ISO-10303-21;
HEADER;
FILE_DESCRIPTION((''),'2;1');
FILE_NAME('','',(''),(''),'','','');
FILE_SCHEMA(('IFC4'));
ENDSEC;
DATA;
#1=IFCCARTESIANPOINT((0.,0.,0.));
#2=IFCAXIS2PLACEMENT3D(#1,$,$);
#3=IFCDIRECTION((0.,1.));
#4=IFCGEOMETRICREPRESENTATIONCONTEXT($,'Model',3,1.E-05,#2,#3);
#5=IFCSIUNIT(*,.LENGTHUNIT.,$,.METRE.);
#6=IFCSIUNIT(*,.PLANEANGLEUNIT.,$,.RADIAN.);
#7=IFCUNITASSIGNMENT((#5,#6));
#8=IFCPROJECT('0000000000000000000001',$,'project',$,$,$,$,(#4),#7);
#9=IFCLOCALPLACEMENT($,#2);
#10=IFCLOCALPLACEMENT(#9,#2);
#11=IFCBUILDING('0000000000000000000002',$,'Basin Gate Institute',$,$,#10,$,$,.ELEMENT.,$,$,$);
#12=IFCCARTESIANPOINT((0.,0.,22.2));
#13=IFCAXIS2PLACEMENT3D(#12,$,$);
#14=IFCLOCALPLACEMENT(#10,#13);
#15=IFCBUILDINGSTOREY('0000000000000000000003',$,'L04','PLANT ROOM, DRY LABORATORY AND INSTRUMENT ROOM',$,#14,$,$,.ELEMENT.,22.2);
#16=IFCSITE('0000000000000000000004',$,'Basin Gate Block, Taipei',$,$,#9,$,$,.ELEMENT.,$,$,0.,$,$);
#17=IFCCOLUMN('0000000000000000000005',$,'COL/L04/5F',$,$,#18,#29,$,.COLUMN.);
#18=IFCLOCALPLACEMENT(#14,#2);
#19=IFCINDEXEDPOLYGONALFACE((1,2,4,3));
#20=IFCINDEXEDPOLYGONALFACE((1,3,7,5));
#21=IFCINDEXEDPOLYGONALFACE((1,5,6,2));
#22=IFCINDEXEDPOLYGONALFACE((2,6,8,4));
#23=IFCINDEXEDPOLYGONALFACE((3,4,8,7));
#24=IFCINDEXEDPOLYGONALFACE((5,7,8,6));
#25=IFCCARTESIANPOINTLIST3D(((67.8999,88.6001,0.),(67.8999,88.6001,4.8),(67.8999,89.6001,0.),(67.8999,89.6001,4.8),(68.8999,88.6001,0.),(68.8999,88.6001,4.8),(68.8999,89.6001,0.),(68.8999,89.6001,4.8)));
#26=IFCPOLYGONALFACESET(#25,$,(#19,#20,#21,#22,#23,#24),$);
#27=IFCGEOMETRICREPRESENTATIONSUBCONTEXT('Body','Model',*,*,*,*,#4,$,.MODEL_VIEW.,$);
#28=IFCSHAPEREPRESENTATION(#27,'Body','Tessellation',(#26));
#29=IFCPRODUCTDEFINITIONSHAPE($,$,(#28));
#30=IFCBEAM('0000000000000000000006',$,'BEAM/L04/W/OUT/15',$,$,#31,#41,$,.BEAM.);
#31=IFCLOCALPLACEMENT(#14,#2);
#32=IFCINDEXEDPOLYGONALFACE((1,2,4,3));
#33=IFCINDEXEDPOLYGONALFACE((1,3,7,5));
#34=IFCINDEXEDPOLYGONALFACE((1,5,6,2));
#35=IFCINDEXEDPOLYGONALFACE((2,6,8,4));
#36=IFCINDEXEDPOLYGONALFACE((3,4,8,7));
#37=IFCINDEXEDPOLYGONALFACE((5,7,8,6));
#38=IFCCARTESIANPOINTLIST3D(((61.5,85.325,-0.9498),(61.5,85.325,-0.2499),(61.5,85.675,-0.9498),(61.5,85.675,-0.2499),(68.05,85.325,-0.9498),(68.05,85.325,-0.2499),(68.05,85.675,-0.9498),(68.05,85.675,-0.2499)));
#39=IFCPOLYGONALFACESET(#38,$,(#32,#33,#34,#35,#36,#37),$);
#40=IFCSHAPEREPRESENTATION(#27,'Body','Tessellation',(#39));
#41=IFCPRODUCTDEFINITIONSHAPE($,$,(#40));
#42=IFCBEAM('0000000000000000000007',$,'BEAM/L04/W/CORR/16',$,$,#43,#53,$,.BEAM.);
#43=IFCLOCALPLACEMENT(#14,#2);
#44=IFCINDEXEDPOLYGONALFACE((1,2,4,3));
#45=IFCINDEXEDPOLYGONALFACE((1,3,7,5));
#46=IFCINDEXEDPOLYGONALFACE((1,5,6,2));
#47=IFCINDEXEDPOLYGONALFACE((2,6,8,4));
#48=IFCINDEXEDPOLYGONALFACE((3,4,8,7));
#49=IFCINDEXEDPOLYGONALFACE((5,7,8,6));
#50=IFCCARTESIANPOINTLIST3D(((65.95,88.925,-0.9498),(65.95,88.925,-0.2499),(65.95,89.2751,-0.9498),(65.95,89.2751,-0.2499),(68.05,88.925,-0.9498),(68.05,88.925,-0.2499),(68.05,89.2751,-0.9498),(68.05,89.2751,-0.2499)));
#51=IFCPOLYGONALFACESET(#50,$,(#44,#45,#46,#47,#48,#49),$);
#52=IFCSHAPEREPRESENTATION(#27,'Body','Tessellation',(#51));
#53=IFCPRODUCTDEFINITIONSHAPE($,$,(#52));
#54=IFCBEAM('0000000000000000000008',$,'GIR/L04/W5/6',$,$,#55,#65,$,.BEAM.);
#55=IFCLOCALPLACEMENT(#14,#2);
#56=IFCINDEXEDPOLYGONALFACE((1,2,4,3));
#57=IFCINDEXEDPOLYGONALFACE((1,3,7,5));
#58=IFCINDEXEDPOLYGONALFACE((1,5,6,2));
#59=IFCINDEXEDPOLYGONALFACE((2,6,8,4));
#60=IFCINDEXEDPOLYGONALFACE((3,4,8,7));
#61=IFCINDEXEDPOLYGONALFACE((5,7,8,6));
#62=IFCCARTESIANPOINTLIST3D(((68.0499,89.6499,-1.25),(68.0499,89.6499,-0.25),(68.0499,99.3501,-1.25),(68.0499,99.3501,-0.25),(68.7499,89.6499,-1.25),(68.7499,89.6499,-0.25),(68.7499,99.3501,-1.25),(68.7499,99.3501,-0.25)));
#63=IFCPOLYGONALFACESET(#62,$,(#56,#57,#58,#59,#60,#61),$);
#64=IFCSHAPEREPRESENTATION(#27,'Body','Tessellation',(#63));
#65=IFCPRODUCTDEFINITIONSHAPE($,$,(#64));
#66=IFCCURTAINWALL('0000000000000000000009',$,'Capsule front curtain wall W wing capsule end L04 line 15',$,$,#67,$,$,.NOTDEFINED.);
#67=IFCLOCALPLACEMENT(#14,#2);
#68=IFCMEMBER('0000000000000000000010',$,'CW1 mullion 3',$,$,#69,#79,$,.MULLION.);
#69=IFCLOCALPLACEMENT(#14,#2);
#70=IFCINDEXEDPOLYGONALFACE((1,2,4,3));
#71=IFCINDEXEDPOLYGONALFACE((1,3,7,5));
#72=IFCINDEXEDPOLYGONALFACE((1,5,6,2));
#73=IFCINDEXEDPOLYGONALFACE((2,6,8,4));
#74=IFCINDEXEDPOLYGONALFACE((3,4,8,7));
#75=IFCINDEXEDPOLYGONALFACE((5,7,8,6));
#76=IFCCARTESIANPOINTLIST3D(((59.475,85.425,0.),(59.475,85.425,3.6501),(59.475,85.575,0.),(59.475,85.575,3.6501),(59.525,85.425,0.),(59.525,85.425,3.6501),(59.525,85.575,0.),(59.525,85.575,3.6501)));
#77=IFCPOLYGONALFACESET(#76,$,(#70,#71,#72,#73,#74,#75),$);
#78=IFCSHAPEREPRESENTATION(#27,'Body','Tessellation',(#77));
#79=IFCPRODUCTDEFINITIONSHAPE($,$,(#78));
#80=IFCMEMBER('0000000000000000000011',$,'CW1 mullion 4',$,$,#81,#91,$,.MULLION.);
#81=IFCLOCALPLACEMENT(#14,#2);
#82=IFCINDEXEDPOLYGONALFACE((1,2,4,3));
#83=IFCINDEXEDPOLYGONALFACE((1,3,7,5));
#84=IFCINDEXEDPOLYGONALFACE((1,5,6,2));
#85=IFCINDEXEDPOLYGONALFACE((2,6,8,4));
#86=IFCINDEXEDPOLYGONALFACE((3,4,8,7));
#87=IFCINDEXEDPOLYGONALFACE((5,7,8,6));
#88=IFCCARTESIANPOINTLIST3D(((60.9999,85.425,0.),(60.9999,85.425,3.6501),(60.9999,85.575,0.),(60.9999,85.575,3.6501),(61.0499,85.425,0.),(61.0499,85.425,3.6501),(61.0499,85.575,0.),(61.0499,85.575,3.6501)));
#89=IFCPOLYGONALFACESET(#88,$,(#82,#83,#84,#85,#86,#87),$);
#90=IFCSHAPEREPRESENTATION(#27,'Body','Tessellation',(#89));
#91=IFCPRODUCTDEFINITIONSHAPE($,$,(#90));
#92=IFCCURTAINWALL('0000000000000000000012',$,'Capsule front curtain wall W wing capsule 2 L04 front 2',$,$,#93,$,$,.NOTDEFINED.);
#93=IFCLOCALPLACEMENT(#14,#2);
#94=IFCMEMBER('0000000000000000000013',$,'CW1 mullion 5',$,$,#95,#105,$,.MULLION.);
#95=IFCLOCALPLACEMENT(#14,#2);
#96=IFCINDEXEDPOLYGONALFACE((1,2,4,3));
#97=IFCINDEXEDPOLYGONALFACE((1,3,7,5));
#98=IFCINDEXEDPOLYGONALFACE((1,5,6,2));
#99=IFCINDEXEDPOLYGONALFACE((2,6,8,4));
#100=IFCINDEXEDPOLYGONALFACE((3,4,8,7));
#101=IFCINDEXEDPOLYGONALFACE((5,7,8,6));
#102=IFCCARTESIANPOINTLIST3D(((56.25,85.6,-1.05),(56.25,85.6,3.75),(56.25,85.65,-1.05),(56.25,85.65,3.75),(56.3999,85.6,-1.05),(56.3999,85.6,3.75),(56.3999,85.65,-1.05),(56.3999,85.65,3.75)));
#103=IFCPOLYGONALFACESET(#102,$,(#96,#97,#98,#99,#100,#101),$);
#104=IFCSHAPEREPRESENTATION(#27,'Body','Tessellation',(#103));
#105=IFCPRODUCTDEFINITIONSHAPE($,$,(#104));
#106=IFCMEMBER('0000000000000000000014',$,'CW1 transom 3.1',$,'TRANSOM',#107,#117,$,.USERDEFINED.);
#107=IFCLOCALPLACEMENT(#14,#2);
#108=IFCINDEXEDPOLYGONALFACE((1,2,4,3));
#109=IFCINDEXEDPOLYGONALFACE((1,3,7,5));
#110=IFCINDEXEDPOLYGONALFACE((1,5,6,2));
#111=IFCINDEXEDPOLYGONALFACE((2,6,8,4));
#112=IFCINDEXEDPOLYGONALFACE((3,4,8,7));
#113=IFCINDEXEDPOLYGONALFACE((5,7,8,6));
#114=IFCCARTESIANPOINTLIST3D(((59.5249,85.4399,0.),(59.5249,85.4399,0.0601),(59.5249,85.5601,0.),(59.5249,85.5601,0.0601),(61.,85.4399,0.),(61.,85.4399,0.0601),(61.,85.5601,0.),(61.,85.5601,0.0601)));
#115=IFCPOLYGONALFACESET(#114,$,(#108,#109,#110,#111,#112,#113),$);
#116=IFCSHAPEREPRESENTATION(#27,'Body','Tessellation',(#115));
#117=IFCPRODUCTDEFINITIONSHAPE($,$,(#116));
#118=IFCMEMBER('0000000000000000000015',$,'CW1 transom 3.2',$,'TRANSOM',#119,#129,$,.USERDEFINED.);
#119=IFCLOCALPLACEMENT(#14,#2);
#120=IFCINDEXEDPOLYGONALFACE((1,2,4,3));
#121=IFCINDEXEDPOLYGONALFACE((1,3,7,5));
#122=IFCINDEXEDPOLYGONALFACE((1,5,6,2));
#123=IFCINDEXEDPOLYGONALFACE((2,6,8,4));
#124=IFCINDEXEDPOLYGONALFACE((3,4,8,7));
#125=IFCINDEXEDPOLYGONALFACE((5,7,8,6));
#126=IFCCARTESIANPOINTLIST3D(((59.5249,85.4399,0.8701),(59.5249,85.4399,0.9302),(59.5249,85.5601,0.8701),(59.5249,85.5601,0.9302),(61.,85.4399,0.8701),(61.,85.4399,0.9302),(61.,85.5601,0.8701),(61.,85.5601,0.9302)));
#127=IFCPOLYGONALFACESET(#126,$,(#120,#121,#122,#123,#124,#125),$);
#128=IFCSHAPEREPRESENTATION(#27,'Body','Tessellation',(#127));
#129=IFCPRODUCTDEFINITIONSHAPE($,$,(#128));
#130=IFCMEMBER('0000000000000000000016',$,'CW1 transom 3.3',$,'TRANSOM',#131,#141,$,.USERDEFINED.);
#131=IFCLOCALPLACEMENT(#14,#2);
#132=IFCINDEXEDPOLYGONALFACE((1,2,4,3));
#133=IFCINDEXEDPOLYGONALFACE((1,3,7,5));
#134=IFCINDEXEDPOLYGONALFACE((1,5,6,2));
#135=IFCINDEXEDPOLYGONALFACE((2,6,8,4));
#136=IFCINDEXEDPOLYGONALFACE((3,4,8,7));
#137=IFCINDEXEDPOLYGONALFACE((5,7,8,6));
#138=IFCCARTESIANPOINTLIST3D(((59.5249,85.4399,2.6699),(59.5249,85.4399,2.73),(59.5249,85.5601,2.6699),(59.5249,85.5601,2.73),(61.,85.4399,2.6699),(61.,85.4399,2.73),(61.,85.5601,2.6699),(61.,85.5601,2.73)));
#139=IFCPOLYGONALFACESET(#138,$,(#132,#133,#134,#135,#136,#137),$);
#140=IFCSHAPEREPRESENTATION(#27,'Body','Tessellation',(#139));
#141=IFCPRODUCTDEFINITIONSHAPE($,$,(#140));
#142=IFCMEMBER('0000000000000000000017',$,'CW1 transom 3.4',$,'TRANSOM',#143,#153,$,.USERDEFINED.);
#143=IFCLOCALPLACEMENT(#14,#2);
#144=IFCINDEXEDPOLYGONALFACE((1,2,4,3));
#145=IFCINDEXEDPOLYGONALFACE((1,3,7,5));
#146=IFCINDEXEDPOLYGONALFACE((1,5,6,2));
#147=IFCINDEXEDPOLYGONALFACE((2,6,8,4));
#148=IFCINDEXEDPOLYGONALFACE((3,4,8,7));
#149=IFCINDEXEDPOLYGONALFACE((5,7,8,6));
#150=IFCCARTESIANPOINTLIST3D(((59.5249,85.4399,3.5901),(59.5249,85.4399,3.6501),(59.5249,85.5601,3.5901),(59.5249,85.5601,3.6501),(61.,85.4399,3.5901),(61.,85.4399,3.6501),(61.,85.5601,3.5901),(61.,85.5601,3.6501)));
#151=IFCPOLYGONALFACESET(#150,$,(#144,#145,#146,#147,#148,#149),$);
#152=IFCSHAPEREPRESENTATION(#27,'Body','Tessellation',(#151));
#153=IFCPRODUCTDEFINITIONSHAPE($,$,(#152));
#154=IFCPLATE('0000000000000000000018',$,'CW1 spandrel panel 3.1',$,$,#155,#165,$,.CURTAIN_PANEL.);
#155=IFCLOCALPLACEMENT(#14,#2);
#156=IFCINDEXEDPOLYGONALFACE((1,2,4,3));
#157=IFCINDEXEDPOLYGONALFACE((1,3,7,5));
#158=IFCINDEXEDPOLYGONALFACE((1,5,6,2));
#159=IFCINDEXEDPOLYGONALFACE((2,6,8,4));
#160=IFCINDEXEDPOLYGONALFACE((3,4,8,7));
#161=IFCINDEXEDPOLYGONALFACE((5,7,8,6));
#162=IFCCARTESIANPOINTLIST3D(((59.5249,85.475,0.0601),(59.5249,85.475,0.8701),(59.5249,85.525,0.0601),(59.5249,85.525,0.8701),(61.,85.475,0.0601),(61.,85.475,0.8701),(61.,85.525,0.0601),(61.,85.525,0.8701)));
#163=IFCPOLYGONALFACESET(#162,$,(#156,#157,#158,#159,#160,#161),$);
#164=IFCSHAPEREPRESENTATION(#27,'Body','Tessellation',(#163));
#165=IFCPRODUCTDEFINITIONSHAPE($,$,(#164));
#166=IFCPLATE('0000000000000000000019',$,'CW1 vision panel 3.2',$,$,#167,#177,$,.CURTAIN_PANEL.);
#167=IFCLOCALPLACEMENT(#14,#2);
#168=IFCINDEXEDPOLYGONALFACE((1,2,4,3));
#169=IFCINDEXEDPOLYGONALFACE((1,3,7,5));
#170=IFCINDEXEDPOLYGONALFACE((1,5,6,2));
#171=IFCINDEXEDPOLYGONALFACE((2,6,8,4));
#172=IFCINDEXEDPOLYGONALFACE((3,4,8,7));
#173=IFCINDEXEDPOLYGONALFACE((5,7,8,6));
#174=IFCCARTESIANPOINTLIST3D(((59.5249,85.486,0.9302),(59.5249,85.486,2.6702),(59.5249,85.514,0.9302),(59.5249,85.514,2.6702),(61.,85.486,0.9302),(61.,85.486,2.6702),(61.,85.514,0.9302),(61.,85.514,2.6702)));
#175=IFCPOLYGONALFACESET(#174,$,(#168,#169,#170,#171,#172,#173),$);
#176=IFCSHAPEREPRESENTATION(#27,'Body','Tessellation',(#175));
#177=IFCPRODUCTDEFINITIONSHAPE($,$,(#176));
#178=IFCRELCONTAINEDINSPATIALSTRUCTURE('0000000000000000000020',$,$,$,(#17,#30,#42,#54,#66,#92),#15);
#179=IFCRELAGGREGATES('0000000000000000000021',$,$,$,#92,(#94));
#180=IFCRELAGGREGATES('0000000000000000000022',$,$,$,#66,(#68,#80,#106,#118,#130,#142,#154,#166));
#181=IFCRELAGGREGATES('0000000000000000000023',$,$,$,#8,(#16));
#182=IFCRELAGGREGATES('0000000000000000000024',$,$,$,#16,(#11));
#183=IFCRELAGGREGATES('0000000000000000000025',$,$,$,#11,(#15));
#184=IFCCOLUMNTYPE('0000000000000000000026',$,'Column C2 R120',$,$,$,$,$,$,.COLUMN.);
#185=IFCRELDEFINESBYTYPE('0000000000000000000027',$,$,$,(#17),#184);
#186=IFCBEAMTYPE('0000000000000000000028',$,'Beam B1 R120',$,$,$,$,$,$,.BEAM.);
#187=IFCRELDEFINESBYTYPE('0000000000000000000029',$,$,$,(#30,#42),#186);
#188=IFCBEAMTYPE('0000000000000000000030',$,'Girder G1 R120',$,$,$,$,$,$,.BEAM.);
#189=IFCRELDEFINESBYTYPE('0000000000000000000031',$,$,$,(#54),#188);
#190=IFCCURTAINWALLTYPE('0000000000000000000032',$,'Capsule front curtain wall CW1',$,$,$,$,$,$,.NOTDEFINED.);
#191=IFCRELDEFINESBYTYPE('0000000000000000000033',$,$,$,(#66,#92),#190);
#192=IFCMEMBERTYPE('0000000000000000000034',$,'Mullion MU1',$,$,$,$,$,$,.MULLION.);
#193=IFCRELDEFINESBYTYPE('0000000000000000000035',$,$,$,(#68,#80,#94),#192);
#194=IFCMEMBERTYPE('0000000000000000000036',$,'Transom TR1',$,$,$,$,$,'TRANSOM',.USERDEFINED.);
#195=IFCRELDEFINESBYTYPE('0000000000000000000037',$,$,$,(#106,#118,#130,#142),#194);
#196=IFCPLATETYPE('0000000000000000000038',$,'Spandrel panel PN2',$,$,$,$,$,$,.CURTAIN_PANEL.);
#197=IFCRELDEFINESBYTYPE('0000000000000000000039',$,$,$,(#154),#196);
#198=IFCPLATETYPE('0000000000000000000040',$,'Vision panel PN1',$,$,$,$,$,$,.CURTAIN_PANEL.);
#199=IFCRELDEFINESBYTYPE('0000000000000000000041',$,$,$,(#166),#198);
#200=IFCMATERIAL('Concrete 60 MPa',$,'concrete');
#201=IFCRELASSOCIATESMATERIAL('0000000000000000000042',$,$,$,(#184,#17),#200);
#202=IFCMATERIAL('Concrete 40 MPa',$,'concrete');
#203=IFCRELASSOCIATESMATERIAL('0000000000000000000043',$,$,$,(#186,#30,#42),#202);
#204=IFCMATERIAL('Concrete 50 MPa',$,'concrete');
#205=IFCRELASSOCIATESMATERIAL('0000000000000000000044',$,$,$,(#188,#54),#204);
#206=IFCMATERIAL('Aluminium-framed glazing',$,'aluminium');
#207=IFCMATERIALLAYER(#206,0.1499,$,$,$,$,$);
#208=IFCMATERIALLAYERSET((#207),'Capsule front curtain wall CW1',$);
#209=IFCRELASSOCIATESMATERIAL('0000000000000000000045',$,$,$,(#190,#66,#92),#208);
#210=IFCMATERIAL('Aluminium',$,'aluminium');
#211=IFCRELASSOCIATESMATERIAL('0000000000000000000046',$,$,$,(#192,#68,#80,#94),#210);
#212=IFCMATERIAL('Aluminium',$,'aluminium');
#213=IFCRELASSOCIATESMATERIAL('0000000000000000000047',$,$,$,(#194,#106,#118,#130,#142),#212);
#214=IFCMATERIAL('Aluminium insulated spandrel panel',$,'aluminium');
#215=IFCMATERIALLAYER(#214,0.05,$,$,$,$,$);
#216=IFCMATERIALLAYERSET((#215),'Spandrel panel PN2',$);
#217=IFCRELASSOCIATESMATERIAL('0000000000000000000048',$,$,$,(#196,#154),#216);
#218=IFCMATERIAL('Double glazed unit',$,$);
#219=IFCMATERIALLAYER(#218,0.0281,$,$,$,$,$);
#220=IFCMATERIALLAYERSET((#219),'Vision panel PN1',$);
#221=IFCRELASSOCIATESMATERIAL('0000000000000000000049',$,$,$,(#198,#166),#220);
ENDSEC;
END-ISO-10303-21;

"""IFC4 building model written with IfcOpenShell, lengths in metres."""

from ifc_helpers import new_model, si_unit, direction, frame, origin, origin_2d, place, context, subcontext, project, spatial, rectangle, extrude, material, layer, layer_set, material_profile, profile_set, type_object, element, aggregate, save


model = new_model("IFC4")

# Units and contexts
model_context = context("Model", 3, precision=1e-05, world=origin(), true_north=direction((0.0, 1.0)))
body_context = subcontext(model_context, "Body", "Model", "MODEL_VIEW")
ifc_project = project(units=[si_unit("LENGTHUNIT", "METRE"), si_unit("PLANEANGLEUNIT", "RADIAN")], contexts=[model_context])

# Site, building, storey
site_placement = place(None, origin())
site = spatial("IfcSite", under=ifc_project, at=site_placement, Name="Basin Gate Block, Taipei", CompositionType="ELEMENT", RefElevation=0.0)
building_placement = place(site_placement, origin())
building = spatial("IfcBuilding", under=site, at=building_placement, Name="Basin Gate Institute", CompositionType="ELEMENT")
storey_placement = place(building_placement, frame((0.0, 0.0, 22.2)))
storey = spatial("IfcBuildingStorey", under=building, at=storey_placement, Name="L04", Description="PLANT ROOM, DRY LABORATORY AND INSTRUMENT ROOM", CompositionType="ELEMENT", Elevation=22.2)

# Column
ifc_material_1 = material(Name="Concrete 60 MPa", Category="concrete")
ifc_material_profile_1 = material_profile(ifc_material_1, rectangle(XDim=1.0, YDim=1.0, at=origin_2d()), Name="Column C2 1000 x 1000")
ifc_profile_set_1 = profile_set([ifc_material_profile_1], Name="Concrete 60 MPa")
column_type = type_object("IfcColumnType", Name="Column C2 R120", PredefinedType="COLUMN", material=ifc_profile_set_1)
column_placement = place(storey_placement, frame((68.3999, 89.1001, 0.0), z_axis=(0.0, 0.0, 1.0), x_axis=(1.0, 0.0, 0.0)))
element("IfcColumn", 1, at=column_placement, inside=storey, type_object=column_type, material=ifc_profile_set_1, Name="COL/L04/5F", PredefinedType="COLUMN", context=body_context, shape_type="SweptSolid", body=[
    extrude(rectangle(XDim=1.0, YDim=1.0, at=origin_2d()), origin(), (0.0, 0.0, 1.0), 4.8),
])

# Beams
ifc_material_2 = material(Name="Concrete 40 MPa", Category="concrete")
ifc_material_profile_2 = material_profile(ifc_material_2, rectangle(XDim=0.3501, YDim=0.7, at=origin_2d()), Name="Beam B1 350 x 700")
ifc_profile_set_2 = profile_set([ifc_material_profile_2], Name="Concrete 40 MPa")
beam_type_1 = type_object("IfcBeamType", Name="Beam B1 R120", PredefinedType="BEAM", material=ifc_profile_set_2)
beam_1_placement = place(storey_placement, frame((61.5, 85.5, -0.5999), z_axis=(1.0, 0.0, 0.0), x_axis=(0.0, 1.0, 0.0)))
element("IfcBeam", 2, at=beam_1_placement, inside=storey, type_object=beam_type_1, material=ifc_profile_set_2, Name="BEAM/L04/W/OUT/15", PredefinedType="BEAM", context=body_context, shape_type="SweptSolid", body=[
    extrude(rectangle(XDim=0.3501, YDim=0.7, at=origin_2d()), origin(), (0.0, 0.0, 1.0), 6.55),
])
beam_2_placement = place(storey_placement, frame((65.95, 89.1001, -0.5999), z_axis=(1.0, 0.0, 0.0), x_axis=(0.0, 1.0, 0.0)))
element("IfcBeam", 3, at=beam_2_placement, inside=storey, type_object=beam_type_1, material=ifc_profile_set_2, Name="BEAM/L04/W/CORR/16", PredefinedType="BEAM", context=body_context, shape_type="SweptSolid", body=[
    extrude(rectangle(XDim=0.3501, YDim=0.7, at=origin_2d()), origin(), (0.0, 0.0, 1.0), 2.1001),
])
ifc_material_3 = material(Name="Concrete 50 MPa", Category="concrete")
ifc_material_profile_3 = material_profile(ifc_material_3, rectangle(XDim=0.7, YDim=1.0, at=origin_2d()), Name="Girder G1 700 x 1000")
ifc_profile_set_3 = profile_set([ifc_material_profile_3], Name="Concrete 50 MPa")
beam_type_2 = type_object("IfcBeamType", Name="Girder G1 R120", PredefinedType="BEAM", material=ifc_profile_set_3)
beam_3_placement = place(storey_placement, frame((68.3999, 89.6499, -0.75), z_axis=(0.0, 1.0, 0.0), x_axis=(-1.0, 0.0, 0.0)))
element("IfcBeam", 4, at=beam_3_placement, inside=storey, type_object=beam_type_2, material=ifc_profile_set_3, Name="GIR/L04/W5/6", PredefinedType="BEAM", context=body_context, shape_type="SweptSolid", body=[
    extrude(rectangle(XDim=0.7, YDim=1.0, at=origin_2d()), origin(), (0.0, 0.0, 1.0), 9.7002),
])

# Curtain wall, members
ifc_material_4 = material(Name="Aluminium-framed glazing", Category="aluminium")
ifc_layer_1 = layer(ifc_material_4, 0.1499)
ifc_layer_set_1 = layer_set([ifc_layer_1], Name="Capsule front curtain wall CW1")
curtain_wall_type = type_object("IfcCurtainWallType", Name="Capsule front curtain wall CW1", PredefinedType="NOTDEFINED", material=ifc_layer_set_1)
curtain_wall_1_placement = place(storey_placement, origin())
curtain_wall_1 = element("IfcCurtainWall", 5, at=curtain_wall_1_placement, inside=storey, type_object=curtain_wall_type, material=ifc_layer_set_1, Name="Capsule front curtain wall W wing capsule end L04 line 15", PredefinedType="NOTDEFINED")
ifc_material_5 = material(Name="Aluminium", Category="aluminium")
ifc_material_profile_4 = material_profile(ifc_material_5, rectangle(XDim=0.1499, YDim=0.05, at=origin_2d()), Name="Mullion MU1 150 x 50")
ifc_profile_set_4 = profile_set([ifc_material_profile_4], Name="Aluminium")
member_type_1 = type_object("IfcMemberType", Name="Mullion MU1", PredefinedType="MULLION", material=ifc_profile_set_4)
member_1_placement = place(storey_placement, frame((59.5, 85.5, 0.0), z_axis=(0.0, 0.0, 1.0), x_axis=(0.0, 1.0, 0.0)))
member_1 = element("IfcMember", 6, at=member_1_placement, type_object=member_type_1, material=ifc_profile_set_4, Name="CW1 mullion 3", PredefinedType="MULLION", context=body_context, shape_type="SweptSolid", body=[
    extrude(rectangle(XDim=0.1499, YDim=0.05, at=origin_2d()), origin(), (0.0, 0.0, 1.0), 3.6501),
])
member_2_placement = place(storey_placement, frame((61.0249, 85.5, 0.0), z_axis=(0.0, 0.0, 1.0), x_axis=(0.0, 1.0, 0.0)))
member_2 = element("IfcMember", 7, at=member_2_placement, type_object=member_type_1, material=ifc_profile_set_4, Name="CW1 mullion 4", PredefinedType="MULLION", context=body_context, shape_type="SweptSolid", body=[
    extrude(rectangle(XDim=0.1499, YDim=0.05, at=origin_2d()), origin(), (0.0, 0.0, 1.0), 3.6501),
])

# Curtain wall, member
curtain_wall_2_placement = place(storey_placement, origin())
curtain_wall_2 = element("IfcCurtainWall", 8, at=curtain_wall_2_placement, inside=storey, type_object=curtain_wall_type, material=ifc_layer_set_1, Name="Capsule front curtain wall W wing capsule 2 L04 front 2", PredefinedType="NOTDEFINED")
member_3_placement = place(storey_placement, frame((56.325, 85.625, -1.05), z_axis=(0.0, 0.0, 1.0), x_axis=(-1.0, 0.0, 0.0)))
member_3 = element("IfcMember", 9, at=member_3_placement, type_object=member_type_1, material=ifc_profile_set_4, Name="CW1 mullion 5", PredefinedType="MULLION", context=body_context, shape_type="SweptSolid", body=[
    extrude(rectangle(XDim=0.1499, YDim=0.05, at=origin_2d()), origin(), (0.0, 0.0, 1.0), 4.8),
])
aggregate(curtain_wall_2, [member_3])

# Members
ifc_material_6 = material(Name="Aluminium", Category="aluminium")
ifc_material_profile_5 = material_profile(ifc_material_6, rectangle(XDim=0.1201, YDim=0.0601, at=origin_2d()), Name="Transom TR1 120 x 60")
ifc_profile_set_5 = profile_set([ifc_material_profile_5], Name="Aluminium")
member_type_2 = type_object("IfcMemberType", Name="Transom TR1", ElementType="TRANSOM", PredefinedType="USERDEFINED", material=ifc_profile_set_5)
member_4_placement = place(storey_placement, frame((59.5249, 85.5, 0.03), z_axis=(1.0, 0.0, 0.0), x_axis=(0.0, 1.0, 0.0)))
member_4 = element("IfcMember", 10, at=member_4_placement, type_object=member_type_2, material=ifc_profile_set_5, Name="CW1 transom 3.1", ObjectType="TRANSOM", PredefinedType="USERDEFINED", context=body_context, shape_type="SweptSolid", body=[
    extrude(rectangle(XDim=0.1201, YDim=0.0601, at=origin_2d()), origin(), (0.0, 0.0, 1.0), 1.4751),
])
member_5_placement = place(storey_placement, frame((59.5249, 85.5, 0.9001), z_axis=(1.0, 0.0, 0.0), x_axis=(0.0, 1.0, 0.0)))
member_5 = element("IfcMember", 11, at=member_5_placement, type_object=member_type_2, material=ifc_profile_set_5, Name="CW1 transom 3.2", ObjectType="TRANSOM", PredefinedType="USERDEFINED", context=body_context, shape_type="SweptSolid", body=[
    extrude(rectangle(XDim=0.1201, YDim=0.0601, at=origin_2d()), origin(), (0.0, 0.0, 1.0), 1.4751),
])
member_6_placement = place(storey_placement, frame((59.5249, 85.5, 2.7), z_axis=(1.0, 0.0, 0.0), x_axis=(0.0, 1.0, 0.0)))
member_6 = element("IfcMember", 12, at=member_6_placement, type_object=member_type_2, material=ifc_profile_set_5, Name="CW1 transom 3.3", ObjectType="TRANSOM", PredefinedType="USERDEFINED", context=body_context, shape_type="SweptSolid", body=[
    extrude(rectangle(XDim=0.1201, YDim=0.0601, at=origin_2d()), origin(), (0.0, 0.0, 1.0), 1.4751),
])
member_7_placement = place(storey_placement, frame((59.5249, 85.5, 3.6201), z_axis=(1.0, 0.0, 0.0), x_axis=(0.0, 1.0, 0.0)))
member_7 = element("IfcMember", 13, at=member_7_placement, type_object=member_type_2, material=ifc_profile_set_5, Name="CW1 transom 3.4", ObjectType="TRANSOM", PredefinedType="USERDEFINED", context=body_context, shape_type="SweptSolid", body=[
    extrude(rectangle(XDim=0.1201, YDim=0.0601, at=origin_2d()), origin(), (0.0, 0.0, 1.0), 1.4751),
])

# Plates
ifc_material_7 = material(Name="Aluminium insulated spandrel panel", Category="aluminium")
ifc_layer_2 = layer(ifc_material_7, 0.05)
ifc_layer_set_2 = layer_set([ifc_layer_2], Name="Spandrel panel PN2")
plate_type_1 = type_object("IfcPlateType", Name="Spandrel panel PN2", PredefinedType="CURTAIN_PANEL", material=ifc_layer_set_2)
plate_1_placement = place(storey_placement, frame((60.2625, 85.5, 0.0601), z_axis=(0.0, 0.0, 1.0), x_axis=(1.0, 0.0, 0.0)))
plate_1 = element("IfcPlate", 14, at=plate_1_placement, type_object=plate_type_1, material=ifc_layer_set_2, Name="CW1 spandrel panel 3.1", PredefinedType="CURTAIN_PANEL", context=body_context, shape_type="SweptSolid", body=[
    extrude(rectangle(XDim=1.4751, YDim=0.05, at=origin_2d()), origin(), (0.0, 0.0, 1.0), 0.8101),
])
ifc_material_8 = material(Name="Double glazed unit")
ifc_layer_3 = layer(ifc_material_8, 0.0281)
ifc_layer_set_3 = layer_set([ifc_layer_3], Name="Vision panel PN1")
plate_type_2 = type_object("IfcPlateType", Name="Vision panel PN1", PredefinedType="CURTAIN_PANEL", material=ifc_layer_set_3)
plate_2_placement = place(storey_placement, frame((60.2625, 85.5, 0.9302), z_axis=(0.0, 0.0, 1.0), x_axis=(1.0, 0.0, 0.0)))
plate_2 = element("IfcPlate", 15, at=plate_2_placement, type_object=plate_type_2, material=ifc_layer_set_3, Name="CW1 vision panel 3.2", PredefinedType="CURTAIN_PANEL", context=body_context, shape_type="SweptSolid", body=[
    extrude(rectangle(XDim=1.4751, YDim=0.0281, at=origin_2d()), origin(), (0.0, 0.0, 1.0), 1.74),
])
aggregate(curtain_wall_1, [member_1, member_2, member_4, member_5, member_6, member_7, plate_1, plate_2])

save(model, "model.ifc")
